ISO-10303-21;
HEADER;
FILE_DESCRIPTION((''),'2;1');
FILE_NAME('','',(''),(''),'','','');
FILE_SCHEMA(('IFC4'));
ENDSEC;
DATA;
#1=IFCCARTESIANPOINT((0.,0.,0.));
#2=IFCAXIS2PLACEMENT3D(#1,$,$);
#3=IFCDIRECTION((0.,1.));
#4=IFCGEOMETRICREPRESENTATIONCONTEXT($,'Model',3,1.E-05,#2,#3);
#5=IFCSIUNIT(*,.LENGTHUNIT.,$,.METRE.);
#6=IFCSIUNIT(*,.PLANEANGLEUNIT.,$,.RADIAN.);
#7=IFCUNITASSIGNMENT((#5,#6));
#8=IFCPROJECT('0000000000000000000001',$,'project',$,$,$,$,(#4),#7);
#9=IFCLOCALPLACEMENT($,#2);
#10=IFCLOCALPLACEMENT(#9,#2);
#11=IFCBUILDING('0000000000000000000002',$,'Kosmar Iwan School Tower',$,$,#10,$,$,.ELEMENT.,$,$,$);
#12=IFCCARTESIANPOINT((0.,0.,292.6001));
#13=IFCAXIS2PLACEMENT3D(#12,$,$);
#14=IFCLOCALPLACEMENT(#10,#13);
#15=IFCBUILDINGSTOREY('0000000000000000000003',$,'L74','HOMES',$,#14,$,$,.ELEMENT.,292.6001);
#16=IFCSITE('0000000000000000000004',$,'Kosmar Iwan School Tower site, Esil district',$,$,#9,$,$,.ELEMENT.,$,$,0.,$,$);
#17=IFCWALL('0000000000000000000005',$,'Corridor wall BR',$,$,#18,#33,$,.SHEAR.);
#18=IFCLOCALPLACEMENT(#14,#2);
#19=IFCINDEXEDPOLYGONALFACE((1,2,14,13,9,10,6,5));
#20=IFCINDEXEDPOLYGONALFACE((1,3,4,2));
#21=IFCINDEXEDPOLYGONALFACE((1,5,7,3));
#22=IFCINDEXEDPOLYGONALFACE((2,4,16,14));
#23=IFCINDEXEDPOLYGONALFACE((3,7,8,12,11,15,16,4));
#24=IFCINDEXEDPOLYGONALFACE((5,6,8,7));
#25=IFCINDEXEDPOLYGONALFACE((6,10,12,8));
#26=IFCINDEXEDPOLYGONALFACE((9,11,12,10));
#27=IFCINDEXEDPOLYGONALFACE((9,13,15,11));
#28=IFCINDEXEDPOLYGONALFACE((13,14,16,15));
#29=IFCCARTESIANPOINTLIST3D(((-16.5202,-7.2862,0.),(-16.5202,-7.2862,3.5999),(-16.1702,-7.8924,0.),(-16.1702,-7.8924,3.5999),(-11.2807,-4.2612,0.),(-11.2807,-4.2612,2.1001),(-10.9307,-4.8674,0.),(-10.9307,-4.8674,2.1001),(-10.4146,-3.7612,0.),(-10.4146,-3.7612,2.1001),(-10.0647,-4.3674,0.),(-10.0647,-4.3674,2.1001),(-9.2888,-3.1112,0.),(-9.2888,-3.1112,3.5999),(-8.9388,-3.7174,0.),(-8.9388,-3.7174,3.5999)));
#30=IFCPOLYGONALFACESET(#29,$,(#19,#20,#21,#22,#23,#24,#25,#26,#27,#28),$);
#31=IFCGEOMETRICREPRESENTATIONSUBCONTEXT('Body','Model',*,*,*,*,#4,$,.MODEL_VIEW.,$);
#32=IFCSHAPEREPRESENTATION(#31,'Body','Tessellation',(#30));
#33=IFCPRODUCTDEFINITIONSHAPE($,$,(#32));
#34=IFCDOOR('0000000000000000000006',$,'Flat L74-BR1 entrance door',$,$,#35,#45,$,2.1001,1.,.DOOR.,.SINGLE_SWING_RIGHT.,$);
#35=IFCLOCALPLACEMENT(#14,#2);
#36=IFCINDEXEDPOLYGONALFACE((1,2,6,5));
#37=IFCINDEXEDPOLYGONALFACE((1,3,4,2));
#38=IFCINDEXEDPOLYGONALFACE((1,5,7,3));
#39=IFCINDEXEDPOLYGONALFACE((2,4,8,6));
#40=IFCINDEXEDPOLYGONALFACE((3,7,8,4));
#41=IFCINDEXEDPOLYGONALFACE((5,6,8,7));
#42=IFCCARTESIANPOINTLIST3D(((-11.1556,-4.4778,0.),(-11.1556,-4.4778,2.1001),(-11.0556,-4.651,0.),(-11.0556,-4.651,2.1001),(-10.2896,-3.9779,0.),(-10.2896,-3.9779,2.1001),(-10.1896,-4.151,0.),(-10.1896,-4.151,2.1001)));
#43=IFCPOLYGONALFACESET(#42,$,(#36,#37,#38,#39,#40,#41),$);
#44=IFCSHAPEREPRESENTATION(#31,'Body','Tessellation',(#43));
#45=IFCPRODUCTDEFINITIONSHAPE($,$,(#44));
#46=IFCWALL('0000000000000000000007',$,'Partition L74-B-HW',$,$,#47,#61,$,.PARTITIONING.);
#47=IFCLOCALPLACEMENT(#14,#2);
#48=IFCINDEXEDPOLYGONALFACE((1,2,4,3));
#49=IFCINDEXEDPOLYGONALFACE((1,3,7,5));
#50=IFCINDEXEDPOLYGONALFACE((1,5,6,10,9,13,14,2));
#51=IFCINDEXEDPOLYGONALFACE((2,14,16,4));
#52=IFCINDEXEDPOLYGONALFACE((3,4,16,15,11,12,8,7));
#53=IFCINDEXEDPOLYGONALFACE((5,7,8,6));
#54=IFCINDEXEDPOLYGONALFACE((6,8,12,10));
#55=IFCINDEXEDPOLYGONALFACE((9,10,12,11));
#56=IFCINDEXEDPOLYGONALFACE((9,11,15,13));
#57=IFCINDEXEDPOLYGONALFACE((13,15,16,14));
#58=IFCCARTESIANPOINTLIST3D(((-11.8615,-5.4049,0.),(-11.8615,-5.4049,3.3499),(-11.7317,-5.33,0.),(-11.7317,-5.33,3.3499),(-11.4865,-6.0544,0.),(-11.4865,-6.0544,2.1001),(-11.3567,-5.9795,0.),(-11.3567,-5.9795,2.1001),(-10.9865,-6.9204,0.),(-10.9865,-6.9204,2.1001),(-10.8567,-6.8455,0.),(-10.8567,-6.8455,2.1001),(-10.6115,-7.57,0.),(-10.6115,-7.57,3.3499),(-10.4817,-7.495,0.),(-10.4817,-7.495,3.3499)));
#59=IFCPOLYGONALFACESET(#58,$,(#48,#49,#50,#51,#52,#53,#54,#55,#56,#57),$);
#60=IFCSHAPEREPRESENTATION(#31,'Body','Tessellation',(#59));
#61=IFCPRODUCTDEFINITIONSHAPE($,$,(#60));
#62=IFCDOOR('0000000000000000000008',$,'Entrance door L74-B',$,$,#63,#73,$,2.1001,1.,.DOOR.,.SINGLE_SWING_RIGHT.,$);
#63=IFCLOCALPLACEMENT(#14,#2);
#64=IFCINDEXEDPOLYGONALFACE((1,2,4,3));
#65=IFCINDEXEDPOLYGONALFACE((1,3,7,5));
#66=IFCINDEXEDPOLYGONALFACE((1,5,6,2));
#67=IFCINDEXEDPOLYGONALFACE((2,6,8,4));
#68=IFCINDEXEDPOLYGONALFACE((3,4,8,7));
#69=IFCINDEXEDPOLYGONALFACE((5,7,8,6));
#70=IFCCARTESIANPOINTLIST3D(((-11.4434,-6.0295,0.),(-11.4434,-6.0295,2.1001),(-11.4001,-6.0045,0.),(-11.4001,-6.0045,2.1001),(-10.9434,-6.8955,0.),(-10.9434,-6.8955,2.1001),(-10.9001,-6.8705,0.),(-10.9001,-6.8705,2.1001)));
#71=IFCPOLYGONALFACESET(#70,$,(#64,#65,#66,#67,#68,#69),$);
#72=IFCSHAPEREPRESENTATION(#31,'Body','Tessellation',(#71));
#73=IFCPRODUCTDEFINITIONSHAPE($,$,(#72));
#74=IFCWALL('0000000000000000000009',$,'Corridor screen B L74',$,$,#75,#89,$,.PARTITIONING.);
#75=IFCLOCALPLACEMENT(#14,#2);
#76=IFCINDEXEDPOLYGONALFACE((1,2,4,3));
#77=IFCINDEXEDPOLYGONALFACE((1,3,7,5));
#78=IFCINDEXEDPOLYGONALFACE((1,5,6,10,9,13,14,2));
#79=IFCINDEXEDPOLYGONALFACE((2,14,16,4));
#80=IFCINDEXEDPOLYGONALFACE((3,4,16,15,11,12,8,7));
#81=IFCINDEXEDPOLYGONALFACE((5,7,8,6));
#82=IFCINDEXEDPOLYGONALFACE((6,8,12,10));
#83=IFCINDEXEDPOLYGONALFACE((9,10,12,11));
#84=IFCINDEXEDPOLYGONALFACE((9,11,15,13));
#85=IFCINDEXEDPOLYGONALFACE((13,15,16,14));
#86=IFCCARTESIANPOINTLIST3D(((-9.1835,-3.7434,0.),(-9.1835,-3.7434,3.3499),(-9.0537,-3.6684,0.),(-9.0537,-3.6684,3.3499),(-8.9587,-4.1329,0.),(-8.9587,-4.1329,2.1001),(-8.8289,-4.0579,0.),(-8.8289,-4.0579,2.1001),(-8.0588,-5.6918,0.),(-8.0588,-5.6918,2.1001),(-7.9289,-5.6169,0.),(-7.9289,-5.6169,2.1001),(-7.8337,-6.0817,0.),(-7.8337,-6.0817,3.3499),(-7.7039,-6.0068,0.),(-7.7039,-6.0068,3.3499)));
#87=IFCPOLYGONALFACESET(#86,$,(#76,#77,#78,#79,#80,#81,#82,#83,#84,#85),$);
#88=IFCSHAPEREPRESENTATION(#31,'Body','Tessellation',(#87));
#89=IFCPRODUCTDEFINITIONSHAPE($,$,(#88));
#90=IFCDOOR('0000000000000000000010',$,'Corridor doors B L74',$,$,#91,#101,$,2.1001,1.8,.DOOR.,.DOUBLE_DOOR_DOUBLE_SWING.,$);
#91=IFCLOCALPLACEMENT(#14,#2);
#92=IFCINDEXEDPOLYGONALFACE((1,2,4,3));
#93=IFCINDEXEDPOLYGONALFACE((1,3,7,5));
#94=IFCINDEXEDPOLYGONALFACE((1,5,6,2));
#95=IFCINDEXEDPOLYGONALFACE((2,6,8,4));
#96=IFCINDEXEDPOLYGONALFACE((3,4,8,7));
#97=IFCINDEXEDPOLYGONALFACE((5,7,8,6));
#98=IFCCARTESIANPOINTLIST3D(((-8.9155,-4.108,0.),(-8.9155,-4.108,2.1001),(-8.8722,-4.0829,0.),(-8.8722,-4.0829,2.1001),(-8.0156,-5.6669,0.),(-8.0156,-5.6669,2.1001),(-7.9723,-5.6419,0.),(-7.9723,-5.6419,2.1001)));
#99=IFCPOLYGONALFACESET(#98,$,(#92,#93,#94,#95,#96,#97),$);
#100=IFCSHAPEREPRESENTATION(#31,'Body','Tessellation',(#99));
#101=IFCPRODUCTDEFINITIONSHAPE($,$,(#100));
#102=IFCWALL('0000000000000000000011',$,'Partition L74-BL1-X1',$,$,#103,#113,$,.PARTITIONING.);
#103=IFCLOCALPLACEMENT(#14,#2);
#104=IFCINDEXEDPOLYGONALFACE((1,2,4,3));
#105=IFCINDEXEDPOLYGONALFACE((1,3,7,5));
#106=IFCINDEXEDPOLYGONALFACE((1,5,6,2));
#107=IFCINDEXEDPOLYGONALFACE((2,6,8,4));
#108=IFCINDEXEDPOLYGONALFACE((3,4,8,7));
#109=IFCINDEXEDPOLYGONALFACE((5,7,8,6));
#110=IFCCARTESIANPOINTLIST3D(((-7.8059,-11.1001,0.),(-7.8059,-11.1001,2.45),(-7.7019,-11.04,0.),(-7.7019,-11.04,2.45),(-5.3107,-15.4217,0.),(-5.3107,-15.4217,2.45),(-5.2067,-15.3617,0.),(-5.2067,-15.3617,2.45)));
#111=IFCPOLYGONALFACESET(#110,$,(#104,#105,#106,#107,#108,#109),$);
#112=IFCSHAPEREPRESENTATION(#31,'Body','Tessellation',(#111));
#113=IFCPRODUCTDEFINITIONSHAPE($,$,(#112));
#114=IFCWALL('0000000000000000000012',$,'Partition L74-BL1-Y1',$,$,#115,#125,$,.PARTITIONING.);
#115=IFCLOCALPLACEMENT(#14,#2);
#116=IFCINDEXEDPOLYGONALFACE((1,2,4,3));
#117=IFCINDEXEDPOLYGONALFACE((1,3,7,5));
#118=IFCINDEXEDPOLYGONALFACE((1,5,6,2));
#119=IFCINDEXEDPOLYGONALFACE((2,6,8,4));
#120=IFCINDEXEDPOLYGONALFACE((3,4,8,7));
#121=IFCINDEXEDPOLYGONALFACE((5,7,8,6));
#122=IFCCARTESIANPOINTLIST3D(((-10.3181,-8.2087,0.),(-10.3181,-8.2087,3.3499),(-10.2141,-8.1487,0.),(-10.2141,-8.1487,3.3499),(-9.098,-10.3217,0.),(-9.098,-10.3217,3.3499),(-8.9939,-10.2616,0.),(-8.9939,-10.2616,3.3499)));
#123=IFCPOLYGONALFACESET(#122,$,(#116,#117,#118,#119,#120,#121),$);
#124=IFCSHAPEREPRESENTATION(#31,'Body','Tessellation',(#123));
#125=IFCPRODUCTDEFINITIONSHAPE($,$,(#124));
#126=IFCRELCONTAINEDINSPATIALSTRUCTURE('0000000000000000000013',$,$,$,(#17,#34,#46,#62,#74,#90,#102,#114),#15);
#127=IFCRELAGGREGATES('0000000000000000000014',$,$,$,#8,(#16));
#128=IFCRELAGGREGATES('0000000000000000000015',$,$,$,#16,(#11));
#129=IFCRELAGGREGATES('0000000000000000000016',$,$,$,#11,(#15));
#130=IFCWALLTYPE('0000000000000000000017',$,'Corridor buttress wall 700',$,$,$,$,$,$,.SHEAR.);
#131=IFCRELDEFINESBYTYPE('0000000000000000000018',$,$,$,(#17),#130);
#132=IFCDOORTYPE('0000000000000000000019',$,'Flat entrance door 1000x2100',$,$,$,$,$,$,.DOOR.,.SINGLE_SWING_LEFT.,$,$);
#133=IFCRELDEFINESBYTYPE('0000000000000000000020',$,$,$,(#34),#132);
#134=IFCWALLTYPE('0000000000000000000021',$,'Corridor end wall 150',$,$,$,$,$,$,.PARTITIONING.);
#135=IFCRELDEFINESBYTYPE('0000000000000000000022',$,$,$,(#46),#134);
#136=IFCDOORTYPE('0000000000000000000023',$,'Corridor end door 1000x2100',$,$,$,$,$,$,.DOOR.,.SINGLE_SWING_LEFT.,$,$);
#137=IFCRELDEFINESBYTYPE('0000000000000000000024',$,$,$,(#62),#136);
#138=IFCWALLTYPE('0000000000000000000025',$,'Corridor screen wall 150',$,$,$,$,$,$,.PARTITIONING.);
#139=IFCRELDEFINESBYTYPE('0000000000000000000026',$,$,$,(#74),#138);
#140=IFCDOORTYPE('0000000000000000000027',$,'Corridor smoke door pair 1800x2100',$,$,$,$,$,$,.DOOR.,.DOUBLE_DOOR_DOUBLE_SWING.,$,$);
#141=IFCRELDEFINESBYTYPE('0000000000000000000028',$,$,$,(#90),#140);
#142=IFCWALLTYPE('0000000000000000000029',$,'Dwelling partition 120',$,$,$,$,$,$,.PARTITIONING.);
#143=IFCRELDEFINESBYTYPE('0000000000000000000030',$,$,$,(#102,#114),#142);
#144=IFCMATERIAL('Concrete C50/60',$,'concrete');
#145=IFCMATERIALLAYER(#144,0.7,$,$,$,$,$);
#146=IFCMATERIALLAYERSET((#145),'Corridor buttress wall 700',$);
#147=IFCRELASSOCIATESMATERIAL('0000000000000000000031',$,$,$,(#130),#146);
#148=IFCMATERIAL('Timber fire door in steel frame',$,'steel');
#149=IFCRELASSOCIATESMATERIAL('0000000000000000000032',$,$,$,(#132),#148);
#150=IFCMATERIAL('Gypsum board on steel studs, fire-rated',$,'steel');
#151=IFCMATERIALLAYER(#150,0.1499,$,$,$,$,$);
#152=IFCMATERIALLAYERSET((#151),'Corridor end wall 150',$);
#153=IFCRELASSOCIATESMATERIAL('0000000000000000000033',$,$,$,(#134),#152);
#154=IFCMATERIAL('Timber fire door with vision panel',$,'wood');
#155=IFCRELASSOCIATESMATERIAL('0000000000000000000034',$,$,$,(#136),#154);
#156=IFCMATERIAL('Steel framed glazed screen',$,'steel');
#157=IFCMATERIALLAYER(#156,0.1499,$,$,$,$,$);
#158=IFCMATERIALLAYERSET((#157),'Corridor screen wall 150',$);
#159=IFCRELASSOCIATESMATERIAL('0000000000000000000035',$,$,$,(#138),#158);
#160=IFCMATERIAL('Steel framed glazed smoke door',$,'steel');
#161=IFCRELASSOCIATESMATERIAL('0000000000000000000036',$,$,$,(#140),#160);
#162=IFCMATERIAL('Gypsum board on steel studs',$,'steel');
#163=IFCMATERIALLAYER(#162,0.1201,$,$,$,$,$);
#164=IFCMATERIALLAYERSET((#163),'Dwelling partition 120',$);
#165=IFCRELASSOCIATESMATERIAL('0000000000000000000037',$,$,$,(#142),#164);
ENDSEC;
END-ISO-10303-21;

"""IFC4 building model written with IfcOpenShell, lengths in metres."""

from ifc_helpers import new_model, si_unit, direction, frame, frame_2d, origin, place, context, subcontext, project, spatial, rectangle, extrude, material, layer, layer_set, type_object, element, fill, save


model = new_model("IFC4")

# Units and contexts
model_context = context("Model", 3, precision=1e-05, world=origin(), true_north=direction((0.0, 1.0)))
body_context = subcontext(model_context, "Body", "Model", "MODEL_VIEW")
ifc_project = project(units=[si_unit("LENGTHUNIT", "METRE"), si_unit("PLANEANGLEUNIT", "RADIAN")], contexts=[model_context])

# Site, building, storey
site_placement = place(None, origin())
site = spatial("IfcSite", under=ifc_project, at=site_placement, Name="Kosmar Iwan School Tower site, Esil district", CompositionType="ELEMENT", RefElevation=0.0)
building_placement = place(site_placement, origin())
building = spatial("IfcBuilding", under=site, at=building_placement, Name="Kosmar Iwan School Tower", CompositionType="ELEMENT")
storey_placement = place(building_placement, frame((0.0, 0.0, 292.6001)))
storey = spatial("IfcBuildingStorey", under=building, at=storey_placement, Name="L74", Description="HOMES", CompositionType="ELEMENT", Elevation=292.6001)

# Walls, openings, doors
ifc_material_1 = material(Name="Concrete C50/60", Category="concrete")
ifc_layer_1 = layer(ifc_material_1, 0.7)
ifc_layer_set_1 = layer_set([ifc_layer_1], Name="Corridor buttress wall 700")
wall_type_1 = type_object("IfcWallType", Name="Corridor buttress wall 700", PredefinedType="SHEAR", material=ifc_layer_set_1)
wall_1_placement = place(storey_placement, frame((-9.1138, -3.4143, 0.0), z_axis=(0.0, 0.0, 1.0), x_axis=(-0.866027, -0.499997, 0.0)))
wall_1 = element("IfcWall", 1, at=wall_1_placement, inside=storey, type_object=wall_type_1, Name="Corridor wall BR", PredefinedType="SHEAR", context=body_context, shape_type="SweptSolid", body=[
    extrude(rectangle(XDim=8.3501, YDim=0.7, at=frame_2d((4.175, 0.0))), origin(), (0.0, 0.0, 1.0), 3.5999),
])
opening_1_placement = place(wall_1_placement, frame((1.3, 0.0, 0.0)))
opening_1 = element("IfcOpeningElement", 2, at=opening_1_placement, cuts=wall_1, PredefinedType="OPENING", context=body_context, shape_type="SweptSolid", body=[
    extrude(rectangle(XDim=1.0, YDim=2.1001, at=frame_2d((0.5, 1.05))), frame((0.0, 0.3621, 0.0), z_axis=(0.0, -1.0, 0.0), x_axis=(1.0, 0.0, 0.0)), (0.0, 0.0, 1.0), 0.7239),
])
ifc_material_2 = material(Name="Timber fire door in steel frame", Category="steel")
door_type_1 = type_object("IfcDoorType", Name="Flat entrance door 1000x2100", OperationType="SINGLE_SWING_LEFT", PredefinedType="DOOR", material=ifc_material_2)
door_1_placement = place(opening_1_placement, origin())
door_1 = element("IfcDoor", 3, at=door_1_placement, inside=storey, type_object=door_type_1, Name="Flat L74-BR1 entrance door", OperationType="SINGLE_SWING_RIGHT", OverallHeight=2.1001, OverallWidth=1.0, PredefinedType="DOOR", context=body_context, shape_type="SweptSolid", body=[
    extrude(rectangle(XDim=1.0, YDim=2.1001, at=frame_2d((0.5, 1.05))), frame((0.0, 0.1001, 0.0), z_axis=(0.0, -1.0, 0.0), x_axis=(1.0, 0.0, 0.0)), (0.0, 0.0, 1.0), 0.2),
])
fill(opening_1, door_1)
ifc_material_3 = material(Name="Gypsum board on steel studs, fire-rated", Category="steel")
ifc_layer_2 = layer(ifc_material_3, 0.1499)
ifc_layer_set_2 = layer_set([ifc_layer_2], Name="Corridor end wall 150")
wall_type_2 = type_object("IfcWallType", Name="Corridor end wall 150", PredefinedType="PARTITIONING", material=ifc_layer_set_2)
wall_2_placement = place(storey_placement, frame((-11.7966, -5.3674, 0.0), z_axis=(0.0, 0.0, 1.0), x_axis=(0.500004, -0.866023, 0.0)))
wall_2 = element("IfcWall", 4, at=wall_2_placement, inside=storey, type_object=wall_type_2, Name="Partition L74-B-HW", PredefinedType="PARTITIONING", context=body_context, shape_type="SweptSolid", body=[
    extrude(rectangle(XDim=2.5, YDim=0.1499, at=frame_2d((1.25, 0.0))), origin(), (0.0, 0.0, 1.0), 3.3499),
])
opening_2_placement = place(wall_2_placement, frame((0.75, 0.0, 0.0)))
opening_2 = element("IfcOpeningElement", 5, at=opening_2_placement, cuts=wall_2, PredefinedType="OPENING", context=body_context, shape_type="SweptSolid", body=[
    extrude(rectangle(XDim=1.0, YDim=2.1001, at=frame_2d((0.5, 1.05))), frame((0.0, 0.0869, 0.0), z_axis=(0.0, -1.0, 0.0), x_axis=(1.0, 0.0, 0.0)), (0.0, 0.0, 1.0), 0.1738),
])
ifc_material_4 = material(Name="Timber fire door with vision panel", Category="wood")
door_type_2 = type_object("IfcDoorType", Name="Corridor end door 1000x2100", OperationType="SINGLE_SWING_LEFT", PredefinedType="DOOR", material=ifc_material_4)
door_2_placement = place(opening_2_placement, origin())
door_2 = element("IfcDoor", 6, at=door_2_placement, inside=storey, type_object=door_type_2, Name="Entrance door L74-B", OperationType="SINGLE_SWING_RIGHT", OverallHeight=2.1001, OverallWidth=1.0, PredefinedType="DOOR", context=body_context, shape_type="SweptSolid", body=[
    extrude(rectangle(XDim=1.0, YDim=2.1001, at=frame_2d((0.5, 1.05))), frame((0.0, 0.0249, 0.0), z_axis=(0.0, -1.0, 0.0), x_axis=(1.0, 0.0, 0.0)), (0.0, 0.0, 1.0), 0.05),
])
fill(opening_2, door_2)
ifc_material_5 = material(Name="Steel framed glazed screen", Category="steel")
ifc_layer_3 = layer(ifc_material_5, 0.1499)
ifc_layer_set_3 = layer_set([ifc_layer_3], Name="Corridor screen wall 150")
wall_type_3 = type_object("IfcWallType", Name="Corridor screen wall 150", PredefinedType="PARTITIONING", material=ifc_layer_set_3)
wall_3_placement = place(storey_placement, frame((-9.1187, -3.7058, 0.0), z_axis=(0.0, 0.0, 1.0), x_axis=(0.499942, -0.866059, 0.0)))
wall_3 = element("IfcWall", 7, at=wall_3_placement, inside=storey, type_object=wall_type_3, Name="Corridor screen B L74", PredefinedType="PARTITIONING", context=body_context, shape_type="SweptSolid", body=[
    extrude(rectangle(XDim=2.7, YDim=0.1499, at=frame_2d((1.3501, 0.0))), origin(), (0.0, 0.0, 1.0), 3.3499),
])
opening_3_placement = place(wall_3_placement, frame((0.45, 0.0, 0.0)))
opening_3 = element("IfcOpeningElement", 8, at=opening_3_placement, cuts=wall_3, PredefinedType="OPENING", context=body_context, shape_type="SweptSolid", body=[
    extrude(rectangle(XDim=1.8, YDim=2.1001, at=frame_2d((0.8999, 1.05))), frame((0.0, 0.0869, 0.0), z_axis=(0.0, -1.0, 0.0), x_axis=(1.0, 0.0, 0.0)), (0.0, 0.0, 1.0), 0.1738),
])
ifc_material_6 = material(Name="Steel framed glazed smoke door", Category="steel")
door_type_3 = type_object("IfcDoorType", Name="Corridor smoke door pair 1800x2100", OperationType="DOUBLE_DOOR_DOUBLE_SWING", PredefinedType="DOOR", material=ifc_material_6)
door_3_placement = place(opening_3_placement, origin())
door_3 = element("IfcDoor", 9, at=door_3_placement, inside=storey, type_object=door_type_3, Name="Corridor doors B L74", OperationType="DOUBLE_DOOR_DOUBLE_SWING", OverallHeight=2.1001, OverallWidth=1.8, PredefinedType="DOOR", context=body_context, shape_type="SweptSolid", body=[
    extrude(rectangle(XDim=1.8, YDim=2.1001, at=frame_2d((0.8999, 1.05))), frame((0.0, 0.0249, 0.0), z_axis=(0.0, -1.0, 0.0), x_axis=(1.0, 0.0, 0.0)), (0.0, 0.0, 1.0), 0.05),
])
fill(opening_3, door_3)

# Walls
ifc_material_7 = material(Name="Gypsum board on steel studs", Category="steel")
ifc_layer_4 = layer(ifc_material_7, 0.1201)
ifc_layer_set_4 = layer_set([ifc_layer_4], Name="Dwelling partition 120")
wall_type_4 = type_object("IfcWallType", Name="Dwelling partition 120", PredefinedType="PARTITIONING", material=ifc_layer_set_4)
wall_4_placement = place(storey_placement, frame((-7.7539, -11.0701, 0.0), z_axis=(0.0, 0.0, 1.0), x_axis=(0.500012, -0.866019, 0.0)))
element("IfcWall", 10, at=wall_4_placement, inside=storey, type_object=wall_type_4, Name="Partition L74-BL1-X1", PredefinedType="PARTITIONING", context=body_context, shape_type="SweptSolid", body=[
    extrude(rectangle(XDim=4.9902, YDim=0.1201, at=frame_2d((2.4951, 0.0))), origin(), (0.0, 0.0, 1.0), 2.45),
])
wall_5_placement = place(storey_placement, frame((-10.2661, -8.1787, 0.0), z_axis=(0.0, 0.0, 1.0), x_axis=(0.500078, -0.865981, 0.0)))
element("IfcWall", 11, at=wall_5_placement, inside=storey, type_object=wall_type_4, Name="Partition L74-BL1-Y1", PredefinedType="PARTITIONING", context=body_context, shape_type="SweptSolid", body=[
    extrude(rectangle(XDim=2.4399, YDim=0.1201, at=frame_2d((1.22, 0.0))), origin(), (0.0, 0.0, 1.0), 3.3499),
])

save(model, "model.ifc")
